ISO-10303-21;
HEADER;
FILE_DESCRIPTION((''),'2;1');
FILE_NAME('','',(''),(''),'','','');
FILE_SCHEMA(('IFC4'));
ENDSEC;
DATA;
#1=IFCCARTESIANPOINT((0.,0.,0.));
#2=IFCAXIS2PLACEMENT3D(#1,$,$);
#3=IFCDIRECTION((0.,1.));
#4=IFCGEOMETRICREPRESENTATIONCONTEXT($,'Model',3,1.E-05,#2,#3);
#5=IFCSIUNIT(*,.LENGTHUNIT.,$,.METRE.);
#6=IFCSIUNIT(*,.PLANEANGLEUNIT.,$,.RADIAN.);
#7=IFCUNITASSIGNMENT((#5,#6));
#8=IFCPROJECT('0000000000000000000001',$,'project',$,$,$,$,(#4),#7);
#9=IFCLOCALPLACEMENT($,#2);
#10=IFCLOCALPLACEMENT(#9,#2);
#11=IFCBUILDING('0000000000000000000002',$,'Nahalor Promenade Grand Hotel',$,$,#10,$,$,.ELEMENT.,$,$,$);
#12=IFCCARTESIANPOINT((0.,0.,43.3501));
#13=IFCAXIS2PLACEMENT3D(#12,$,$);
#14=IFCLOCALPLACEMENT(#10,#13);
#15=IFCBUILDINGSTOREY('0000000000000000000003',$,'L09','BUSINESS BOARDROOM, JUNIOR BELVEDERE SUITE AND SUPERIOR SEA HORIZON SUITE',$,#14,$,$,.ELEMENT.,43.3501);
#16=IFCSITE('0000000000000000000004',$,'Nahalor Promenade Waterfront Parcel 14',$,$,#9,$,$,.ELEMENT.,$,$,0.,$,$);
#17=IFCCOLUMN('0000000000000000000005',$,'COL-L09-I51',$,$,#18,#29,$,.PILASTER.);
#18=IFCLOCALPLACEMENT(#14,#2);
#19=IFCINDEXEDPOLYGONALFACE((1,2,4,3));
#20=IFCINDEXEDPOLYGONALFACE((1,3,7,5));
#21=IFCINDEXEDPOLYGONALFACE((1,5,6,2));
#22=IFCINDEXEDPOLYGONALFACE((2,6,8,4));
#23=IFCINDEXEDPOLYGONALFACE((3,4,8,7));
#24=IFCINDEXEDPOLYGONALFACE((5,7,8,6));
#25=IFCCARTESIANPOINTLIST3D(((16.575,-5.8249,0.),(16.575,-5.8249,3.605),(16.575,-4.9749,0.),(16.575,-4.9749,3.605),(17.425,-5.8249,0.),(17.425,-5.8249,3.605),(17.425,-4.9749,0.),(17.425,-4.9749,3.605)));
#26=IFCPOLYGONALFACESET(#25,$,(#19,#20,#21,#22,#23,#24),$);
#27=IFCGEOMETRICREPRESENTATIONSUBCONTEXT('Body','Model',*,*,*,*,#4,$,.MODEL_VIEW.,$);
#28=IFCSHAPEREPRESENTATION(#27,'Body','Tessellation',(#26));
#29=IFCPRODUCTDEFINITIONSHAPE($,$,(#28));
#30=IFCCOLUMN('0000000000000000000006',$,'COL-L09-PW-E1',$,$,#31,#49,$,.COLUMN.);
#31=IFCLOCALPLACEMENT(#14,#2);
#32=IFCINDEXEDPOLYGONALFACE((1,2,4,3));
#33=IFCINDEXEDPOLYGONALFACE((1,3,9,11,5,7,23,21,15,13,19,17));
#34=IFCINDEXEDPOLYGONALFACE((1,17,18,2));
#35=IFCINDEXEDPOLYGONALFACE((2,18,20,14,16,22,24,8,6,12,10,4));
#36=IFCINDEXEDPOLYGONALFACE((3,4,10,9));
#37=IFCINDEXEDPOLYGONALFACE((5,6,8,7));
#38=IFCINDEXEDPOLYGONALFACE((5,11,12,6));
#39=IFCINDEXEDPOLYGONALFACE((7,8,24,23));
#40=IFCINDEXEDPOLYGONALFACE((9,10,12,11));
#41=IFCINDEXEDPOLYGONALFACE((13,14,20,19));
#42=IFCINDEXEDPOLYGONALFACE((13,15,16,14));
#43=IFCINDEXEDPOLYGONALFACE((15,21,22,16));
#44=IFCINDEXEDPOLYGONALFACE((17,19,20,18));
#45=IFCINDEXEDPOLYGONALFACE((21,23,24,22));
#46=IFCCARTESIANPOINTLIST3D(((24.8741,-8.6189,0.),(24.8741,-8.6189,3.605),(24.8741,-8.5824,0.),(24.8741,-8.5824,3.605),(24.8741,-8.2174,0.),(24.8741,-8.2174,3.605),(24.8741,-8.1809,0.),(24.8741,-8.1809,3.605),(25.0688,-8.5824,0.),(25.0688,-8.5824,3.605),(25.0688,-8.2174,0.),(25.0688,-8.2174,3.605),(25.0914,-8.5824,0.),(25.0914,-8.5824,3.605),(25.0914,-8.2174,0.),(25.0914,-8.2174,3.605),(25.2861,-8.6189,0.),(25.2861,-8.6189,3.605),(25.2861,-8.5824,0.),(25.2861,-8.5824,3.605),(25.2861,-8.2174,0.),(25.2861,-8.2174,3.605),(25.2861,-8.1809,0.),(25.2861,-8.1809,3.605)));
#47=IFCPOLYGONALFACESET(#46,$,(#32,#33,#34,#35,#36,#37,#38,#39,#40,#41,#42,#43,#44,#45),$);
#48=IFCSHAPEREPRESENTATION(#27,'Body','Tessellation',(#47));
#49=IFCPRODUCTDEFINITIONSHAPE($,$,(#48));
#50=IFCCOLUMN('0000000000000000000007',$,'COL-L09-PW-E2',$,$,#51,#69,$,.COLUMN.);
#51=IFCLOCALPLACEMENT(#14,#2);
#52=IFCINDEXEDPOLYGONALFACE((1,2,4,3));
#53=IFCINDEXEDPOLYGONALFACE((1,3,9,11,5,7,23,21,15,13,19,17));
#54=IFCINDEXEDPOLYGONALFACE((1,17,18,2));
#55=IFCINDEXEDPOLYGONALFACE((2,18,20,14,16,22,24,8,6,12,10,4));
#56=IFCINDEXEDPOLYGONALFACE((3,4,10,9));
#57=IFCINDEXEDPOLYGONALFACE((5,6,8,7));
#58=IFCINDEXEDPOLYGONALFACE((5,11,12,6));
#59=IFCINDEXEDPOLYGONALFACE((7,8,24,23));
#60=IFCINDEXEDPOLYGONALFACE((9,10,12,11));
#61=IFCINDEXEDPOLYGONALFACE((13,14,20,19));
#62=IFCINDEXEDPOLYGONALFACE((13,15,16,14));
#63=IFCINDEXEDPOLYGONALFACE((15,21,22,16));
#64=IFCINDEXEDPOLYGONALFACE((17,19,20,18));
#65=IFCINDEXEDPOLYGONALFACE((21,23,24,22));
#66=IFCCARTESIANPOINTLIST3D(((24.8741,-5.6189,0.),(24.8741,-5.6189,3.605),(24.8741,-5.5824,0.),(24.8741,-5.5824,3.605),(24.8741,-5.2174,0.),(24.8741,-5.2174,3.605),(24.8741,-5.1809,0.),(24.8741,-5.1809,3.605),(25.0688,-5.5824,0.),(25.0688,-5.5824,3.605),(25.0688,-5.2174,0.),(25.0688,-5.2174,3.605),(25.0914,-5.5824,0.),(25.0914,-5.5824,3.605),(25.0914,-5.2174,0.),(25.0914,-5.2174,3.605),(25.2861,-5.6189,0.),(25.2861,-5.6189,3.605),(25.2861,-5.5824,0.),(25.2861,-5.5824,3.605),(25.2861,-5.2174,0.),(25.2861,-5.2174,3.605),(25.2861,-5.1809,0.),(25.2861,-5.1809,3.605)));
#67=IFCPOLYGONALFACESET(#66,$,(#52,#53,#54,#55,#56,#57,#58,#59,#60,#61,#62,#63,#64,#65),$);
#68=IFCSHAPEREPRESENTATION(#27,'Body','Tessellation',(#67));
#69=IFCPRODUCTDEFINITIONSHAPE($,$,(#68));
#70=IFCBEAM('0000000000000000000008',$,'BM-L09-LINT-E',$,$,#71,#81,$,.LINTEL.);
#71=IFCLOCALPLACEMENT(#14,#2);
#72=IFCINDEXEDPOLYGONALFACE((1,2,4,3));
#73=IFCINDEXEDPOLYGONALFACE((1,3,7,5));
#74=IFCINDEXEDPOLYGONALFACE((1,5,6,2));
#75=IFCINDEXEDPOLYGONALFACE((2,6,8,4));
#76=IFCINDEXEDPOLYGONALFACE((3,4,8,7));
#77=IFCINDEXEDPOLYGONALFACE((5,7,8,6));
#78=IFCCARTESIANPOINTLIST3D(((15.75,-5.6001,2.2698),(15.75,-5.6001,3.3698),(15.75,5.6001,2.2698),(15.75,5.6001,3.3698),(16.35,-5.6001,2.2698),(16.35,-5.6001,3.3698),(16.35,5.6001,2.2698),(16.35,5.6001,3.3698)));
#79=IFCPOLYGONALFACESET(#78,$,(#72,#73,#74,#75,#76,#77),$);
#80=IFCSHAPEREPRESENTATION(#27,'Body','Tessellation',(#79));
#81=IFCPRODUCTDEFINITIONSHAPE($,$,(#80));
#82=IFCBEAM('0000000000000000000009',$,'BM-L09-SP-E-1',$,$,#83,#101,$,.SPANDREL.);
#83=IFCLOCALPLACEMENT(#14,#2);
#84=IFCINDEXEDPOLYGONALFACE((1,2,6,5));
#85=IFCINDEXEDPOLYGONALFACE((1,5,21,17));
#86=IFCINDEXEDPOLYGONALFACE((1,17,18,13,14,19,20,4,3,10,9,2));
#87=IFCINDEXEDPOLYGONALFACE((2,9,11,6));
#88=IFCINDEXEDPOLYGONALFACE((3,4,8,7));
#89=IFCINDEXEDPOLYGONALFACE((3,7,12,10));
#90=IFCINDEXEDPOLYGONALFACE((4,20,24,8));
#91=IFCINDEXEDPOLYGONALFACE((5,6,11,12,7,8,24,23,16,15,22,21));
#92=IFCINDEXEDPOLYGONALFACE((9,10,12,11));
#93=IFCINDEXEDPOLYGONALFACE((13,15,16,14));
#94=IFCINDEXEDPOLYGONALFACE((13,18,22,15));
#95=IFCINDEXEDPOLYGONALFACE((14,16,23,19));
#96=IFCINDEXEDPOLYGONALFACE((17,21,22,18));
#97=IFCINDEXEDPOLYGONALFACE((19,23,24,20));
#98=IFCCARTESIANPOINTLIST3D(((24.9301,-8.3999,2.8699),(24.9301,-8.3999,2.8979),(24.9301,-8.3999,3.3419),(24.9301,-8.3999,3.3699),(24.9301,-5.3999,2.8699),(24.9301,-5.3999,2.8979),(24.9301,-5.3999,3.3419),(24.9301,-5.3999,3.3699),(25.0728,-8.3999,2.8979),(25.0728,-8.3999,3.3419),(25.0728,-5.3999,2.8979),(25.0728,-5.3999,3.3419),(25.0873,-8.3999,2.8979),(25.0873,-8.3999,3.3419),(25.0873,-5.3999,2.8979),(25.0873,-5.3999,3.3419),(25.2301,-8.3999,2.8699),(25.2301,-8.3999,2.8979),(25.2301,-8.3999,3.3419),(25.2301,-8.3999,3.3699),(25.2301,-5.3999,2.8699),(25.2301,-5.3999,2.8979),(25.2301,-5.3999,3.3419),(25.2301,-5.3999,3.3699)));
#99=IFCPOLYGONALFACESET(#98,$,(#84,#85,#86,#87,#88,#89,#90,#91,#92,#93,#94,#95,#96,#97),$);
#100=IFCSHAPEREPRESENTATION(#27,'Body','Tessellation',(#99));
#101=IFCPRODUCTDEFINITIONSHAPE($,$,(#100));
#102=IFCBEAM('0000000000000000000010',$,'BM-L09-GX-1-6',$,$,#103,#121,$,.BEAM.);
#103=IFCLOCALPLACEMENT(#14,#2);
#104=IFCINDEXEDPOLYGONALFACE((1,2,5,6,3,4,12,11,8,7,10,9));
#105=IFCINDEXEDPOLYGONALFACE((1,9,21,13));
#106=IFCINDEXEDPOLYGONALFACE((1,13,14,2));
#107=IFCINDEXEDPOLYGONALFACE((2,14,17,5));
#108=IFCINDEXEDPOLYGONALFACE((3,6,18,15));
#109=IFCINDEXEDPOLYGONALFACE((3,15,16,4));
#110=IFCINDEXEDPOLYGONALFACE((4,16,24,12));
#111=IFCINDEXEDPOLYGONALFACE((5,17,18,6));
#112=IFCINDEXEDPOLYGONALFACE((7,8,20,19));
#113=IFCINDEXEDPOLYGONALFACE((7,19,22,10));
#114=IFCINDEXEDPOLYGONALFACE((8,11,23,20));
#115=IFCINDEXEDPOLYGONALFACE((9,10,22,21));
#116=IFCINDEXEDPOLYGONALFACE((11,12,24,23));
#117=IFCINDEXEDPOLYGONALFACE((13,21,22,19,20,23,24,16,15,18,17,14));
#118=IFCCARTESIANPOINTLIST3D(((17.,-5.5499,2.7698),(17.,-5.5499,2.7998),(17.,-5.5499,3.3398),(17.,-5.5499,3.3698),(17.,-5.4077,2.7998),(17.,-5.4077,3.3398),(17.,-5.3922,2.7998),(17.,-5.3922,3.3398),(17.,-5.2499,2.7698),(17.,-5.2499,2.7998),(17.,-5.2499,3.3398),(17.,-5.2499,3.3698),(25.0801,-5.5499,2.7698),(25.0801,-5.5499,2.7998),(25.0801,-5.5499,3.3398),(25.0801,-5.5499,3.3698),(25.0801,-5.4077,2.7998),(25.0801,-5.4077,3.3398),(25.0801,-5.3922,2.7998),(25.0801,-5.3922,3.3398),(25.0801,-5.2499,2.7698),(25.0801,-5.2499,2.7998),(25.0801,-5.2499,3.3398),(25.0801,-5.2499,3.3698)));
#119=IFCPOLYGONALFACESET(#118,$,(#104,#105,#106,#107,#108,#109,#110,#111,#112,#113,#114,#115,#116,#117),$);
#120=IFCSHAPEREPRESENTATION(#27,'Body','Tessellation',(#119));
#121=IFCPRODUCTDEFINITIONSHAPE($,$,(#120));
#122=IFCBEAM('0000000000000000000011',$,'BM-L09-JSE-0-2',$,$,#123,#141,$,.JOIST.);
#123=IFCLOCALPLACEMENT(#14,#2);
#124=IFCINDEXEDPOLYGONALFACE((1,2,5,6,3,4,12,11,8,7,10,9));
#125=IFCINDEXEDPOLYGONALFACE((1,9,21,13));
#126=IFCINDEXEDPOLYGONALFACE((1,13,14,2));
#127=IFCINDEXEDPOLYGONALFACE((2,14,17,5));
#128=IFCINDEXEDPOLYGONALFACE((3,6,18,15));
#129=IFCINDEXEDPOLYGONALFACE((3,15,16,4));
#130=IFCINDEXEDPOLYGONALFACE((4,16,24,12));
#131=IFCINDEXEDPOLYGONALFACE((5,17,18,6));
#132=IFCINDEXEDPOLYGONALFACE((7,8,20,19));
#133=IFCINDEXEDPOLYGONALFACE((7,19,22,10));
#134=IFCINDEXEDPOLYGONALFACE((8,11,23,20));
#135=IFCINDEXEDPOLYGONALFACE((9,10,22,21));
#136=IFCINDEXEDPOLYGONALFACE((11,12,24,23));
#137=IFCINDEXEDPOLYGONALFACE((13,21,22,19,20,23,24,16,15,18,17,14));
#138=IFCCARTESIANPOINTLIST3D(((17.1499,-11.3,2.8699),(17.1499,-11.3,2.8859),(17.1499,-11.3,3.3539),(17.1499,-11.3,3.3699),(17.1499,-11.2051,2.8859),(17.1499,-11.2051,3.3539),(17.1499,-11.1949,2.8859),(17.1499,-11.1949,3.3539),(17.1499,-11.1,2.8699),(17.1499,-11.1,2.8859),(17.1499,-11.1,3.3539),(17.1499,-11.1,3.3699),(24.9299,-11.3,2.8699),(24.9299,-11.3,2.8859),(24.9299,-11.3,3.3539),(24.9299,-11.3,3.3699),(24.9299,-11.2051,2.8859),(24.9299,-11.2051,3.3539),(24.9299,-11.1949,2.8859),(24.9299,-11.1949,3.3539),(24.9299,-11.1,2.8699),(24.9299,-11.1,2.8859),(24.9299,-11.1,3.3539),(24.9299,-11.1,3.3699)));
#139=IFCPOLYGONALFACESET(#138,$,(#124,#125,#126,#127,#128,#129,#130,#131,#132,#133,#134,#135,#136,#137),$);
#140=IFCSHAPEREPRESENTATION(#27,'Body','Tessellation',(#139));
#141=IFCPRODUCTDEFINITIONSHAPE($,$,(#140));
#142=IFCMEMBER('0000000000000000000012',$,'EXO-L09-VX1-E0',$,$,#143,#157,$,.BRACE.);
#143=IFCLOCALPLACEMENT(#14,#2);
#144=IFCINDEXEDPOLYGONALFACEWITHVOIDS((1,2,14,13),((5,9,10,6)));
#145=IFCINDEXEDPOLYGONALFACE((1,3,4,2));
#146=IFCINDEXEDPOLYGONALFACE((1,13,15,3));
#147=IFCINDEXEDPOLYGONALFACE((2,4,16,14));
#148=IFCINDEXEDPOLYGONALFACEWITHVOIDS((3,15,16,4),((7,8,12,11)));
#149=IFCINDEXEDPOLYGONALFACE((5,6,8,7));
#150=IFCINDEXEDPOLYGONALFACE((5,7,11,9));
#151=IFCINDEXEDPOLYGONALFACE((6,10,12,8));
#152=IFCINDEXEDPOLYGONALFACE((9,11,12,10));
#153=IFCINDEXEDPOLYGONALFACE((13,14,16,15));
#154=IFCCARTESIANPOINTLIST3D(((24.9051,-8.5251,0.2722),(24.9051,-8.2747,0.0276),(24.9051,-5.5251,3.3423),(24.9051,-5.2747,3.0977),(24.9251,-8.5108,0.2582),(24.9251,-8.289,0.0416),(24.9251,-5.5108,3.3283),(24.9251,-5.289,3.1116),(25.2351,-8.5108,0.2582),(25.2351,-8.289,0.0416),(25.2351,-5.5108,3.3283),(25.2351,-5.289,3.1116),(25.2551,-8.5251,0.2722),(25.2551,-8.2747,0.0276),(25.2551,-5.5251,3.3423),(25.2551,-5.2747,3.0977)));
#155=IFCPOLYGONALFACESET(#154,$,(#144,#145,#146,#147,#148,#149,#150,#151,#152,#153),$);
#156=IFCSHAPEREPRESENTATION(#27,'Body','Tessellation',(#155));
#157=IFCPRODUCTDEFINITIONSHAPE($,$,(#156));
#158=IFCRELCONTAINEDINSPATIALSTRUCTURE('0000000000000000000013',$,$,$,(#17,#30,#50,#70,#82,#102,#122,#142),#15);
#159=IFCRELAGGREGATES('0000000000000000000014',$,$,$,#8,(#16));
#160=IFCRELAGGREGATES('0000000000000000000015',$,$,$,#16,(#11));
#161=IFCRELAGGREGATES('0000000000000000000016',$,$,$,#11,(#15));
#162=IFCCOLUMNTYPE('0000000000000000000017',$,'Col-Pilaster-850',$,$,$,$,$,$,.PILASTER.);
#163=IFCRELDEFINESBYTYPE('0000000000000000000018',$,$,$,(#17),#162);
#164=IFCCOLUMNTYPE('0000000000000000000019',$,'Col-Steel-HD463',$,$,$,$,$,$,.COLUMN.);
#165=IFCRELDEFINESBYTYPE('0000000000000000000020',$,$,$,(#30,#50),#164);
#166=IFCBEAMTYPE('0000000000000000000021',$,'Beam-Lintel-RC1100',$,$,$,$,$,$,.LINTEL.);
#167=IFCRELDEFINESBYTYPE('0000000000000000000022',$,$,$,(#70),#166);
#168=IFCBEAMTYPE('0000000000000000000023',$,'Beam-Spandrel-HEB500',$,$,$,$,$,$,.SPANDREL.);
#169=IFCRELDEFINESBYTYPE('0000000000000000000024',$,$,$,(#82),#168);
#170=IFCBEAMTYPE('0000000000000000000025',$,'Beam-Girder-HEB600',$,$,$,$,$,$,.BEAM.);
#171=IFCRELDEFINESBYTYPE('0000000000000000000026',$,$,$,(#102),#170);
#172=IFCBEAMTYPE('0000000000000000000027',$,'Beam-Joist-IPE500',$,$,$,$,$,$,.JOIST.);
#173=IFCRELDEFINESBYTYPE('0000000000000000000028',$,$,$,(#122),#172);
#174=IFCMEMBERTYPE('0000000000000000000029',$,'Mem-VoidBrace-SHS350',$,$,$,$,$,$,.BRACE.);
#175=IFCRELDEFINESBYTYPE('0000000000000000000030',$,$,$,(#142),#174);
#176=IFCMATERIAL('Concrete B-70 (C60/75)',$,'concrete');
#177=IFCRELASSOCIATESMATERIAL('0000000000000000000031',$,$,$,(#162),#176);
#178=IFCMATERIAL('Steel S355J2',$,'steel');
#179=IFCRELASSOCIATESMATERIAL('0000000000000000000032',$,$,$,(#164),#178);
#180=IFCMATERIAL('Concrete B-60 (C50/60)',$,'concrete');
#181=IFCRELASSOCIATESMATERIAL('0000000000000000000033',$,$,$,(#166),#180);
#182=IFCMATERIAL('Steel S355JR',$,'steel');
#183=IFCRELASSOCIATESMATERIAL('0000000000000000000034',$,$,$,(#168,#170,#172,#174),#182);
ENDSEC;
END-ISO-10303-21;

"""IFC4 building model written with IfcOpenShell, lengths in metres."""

from ifc_helpers import new_model, si_unit, direction, frame, origin, origin_2d, place, context, subcontext, project, spatial, rectangle, hollow_rectangle, i_section, extrude, source, transform, mapped, material, material_profile, profile_set, type_object, element, save


model = new_model("IFC4")

# Units and contexts
model_context = context("Model", 3, precision=1e-05, world=origin(), true_north=direction((0.0, 1.0)))
body_context = subcontext(model_context, "Body", "Model", "MODEL_VIEW")
ifc_project = project(units=[si_unit("LENGTHUNIT", "METRE"), si_unit("PLANEANGLEUNIT", "RADIAN")], contexts=[model_context])

# Site, building, storey
site_placement = place(None, origin())
site = spatial("IfcSite", under=ifc_project, at=site_placement, Name="Nahalor Promenade Waterfront Parcel 14", CompositionType="ELEMENT", RefElevation=0.0)
building_placement = place(site_placement, origin())
building = spatial("IfcBuilding", under=site, at=building_placement, Name="Nahalor Promenade Grand Hotel", CompositionType="ELEMENT")
storey_placement = place(building_placement, frame((0.0, 0.0, 43.3501)))
storey = spatial("IfcBuildingStorey", under=building, at=storey_placement, Name="L09", Description="BUSINESS BOARDROOM, JUNIOR BELVEDERE SUITE AND SUPERIOR SEA HORIZON SUITE", CompositionType="ELEMENT", Elevation=43.3501)

# Columns
ifc_material_1 = material(Name="Concrete B-70 (C60/75)", Category="concrete")
ifc_material_profile_1 = material_profile(ifc_material_1, rectangle(XDim=0.85, YDim=0.85, at=origin_2d()), Name="RC 850x850")
ifc_profile_set_1 = profile_set([ifc_material_profile_1], Name="Concrete B-70 (C60/75)")
column_type_1 = type_object("IfcColumnType", Name="Col-Pilaster-850", PredefinedType="PILASTER", material=ifc_profile_set_1)
shared_shape_1 = source(origin(), body_context, "Body", "SweptSolid", [
    extrude(rectangle(XDim=0.85, YDim=0.85, at=origin_2d()), origin(), (0.0, 0.0, 1.0), 3.605),
])
column_placement = place(storey_placement, frame((17.0, -5.3999, 0.0), z_axis=(0.0, 0.0, 1.0), x_axis=(1.0, 0.0, 0.0)))
element("IfcColumn", 1, at=column_placement, inside=storey, type_object=column_type_1, Name="COL-L09-I51", PredefinedType="PILASTER", context=body_context, shape_type="MappedRepresentation", body=[
    mapped(shared_shape_1, transform((0.0, 0.0, 0.0), scale=1.0)),
])
ifc_material_2 = material(Name="Steel S355J2", Category="steel")
ifc_material_profile_2 = material_profile(ifc_material_2, i_section(OverallWidth=0.412, OverallDepth=0.438, WebThickness=0.0226, FlangeThickness=0.0365, at=origin_2d()), Name="HD 400x463")
ifc_profile_set_2 = profile_set([ifc_material_profile_2], Name="Steel S355J2")
column_type_2 = type_object("IfcColumnType", Name="Col-Steel-HD463", PredefinedType="COLUMN", material=ifc_profile_set_2)
shared_shape_2 = source(origin(), body_context, "Body", "SweptSolid", [
    extrude(i_section(OverallWidth=0.412, OverallDepth=0.438, WebThickness=0.0226, FlangeThickness=0.0365, at=origin_2d()), origin(), (0.0, 0.0, 1.0), 3.605),
])
for number, where, z_axis, x_axis, name in (
    (2, (25.0801, -8.3999, 0.0), (0.0, 0.0, 1.0), (1.0, 0.0, 0.0), "COL-L09-PW-E1"),
    (3, (25.0801, -5.3999, 0.0), (0.0, 0.0, 1.0), (1.0, 0.0, 0.0), "COL-L09-PW-E2"),
):
    element("IfcColumn", number, at=place(storey_placement, frame(where, z_axis=z_axis, x_axis=x_axis)), inside=storey, type_object=column_type_2, Name=name, PredefinedType="COLUMN", context=body_context, shape_type="MappedRepresentation", body=[
        mapped(shared_shape_2, transform((0.0, 0.0, 0.0), scale=1.0)),
    ])

# Beams
ifc_material_3 = material(Name="Concrete B-60 (C50/60)", Category="concrete")
ifc_material_profile_3 = material_profile(ifc_material_3, rectangle(XDim=0.6, YDim=1.1, at=origin_2d()), Name="RC 600x1100")
ifc_profile_set_3 = profile_set([ifc_material_profile_3], Name="Concrete B-60 (C50/60)")
beam_type_1 = type_object("IfcBeamType", Name="Beam-Lintel-RC1100", PredefinedType="LINTEL", material=ifc_profile_set_3)
shared_shape_3 = source(origin(), body_context, "Body", "SweptSolid", [
    extrude(rectangle(XDim=0.6, YDim=1.1, at=origin_2d()), origin(), (0.0, 0.0, 1.0), 11.2002),
])
beam_1_placement = place(storey_placement, frame((16.05, -5.6001, 2.8198), z_axis=(0.0, 1.0, 0.0), x_axis=(-1.0, 0.0, 0.0)))
element("IfcBeam", 4, at=beam_1_placement, inside=storey, type_object=beam_type_1, Name="BM-L09-LINT-E", PredefinedType="LINTEL", context=body_context, shape_type="MappedRepresentation", body=[
    mapped(shared_shape_3, transform((0.0, 0.0, 0.0), scale=1.0)),
])
ifc_material_4 = material(Name="Steel S355JR", Category="steel")
ifc_material_profile_4 = material_profile(ifc_material_4, i_section(OverallWidth=0.3, OverallDepth=0.5, WebThickness=0.0145, FlangeThickness=0.028, at=origin_2d()), Name="HEB 500")
ifc_profile_set_4 = profile_set([ifc_material_profile_4], Name="Steel S355JR")
beam_type_2 = type_object("IfcBeamType", Name="Beam-Spandrel-HEB500", PredefinedType="SPANDREL", material=ifc_profile_set_4)
shared_shape_4 = source(origin(), body_context, "Body", "SweptSolid", [
    extrude(i_section(OverallWidth=0.3, OverallDepth=0.5, WebThickness=0.0145, FlangeThickness=0.028, at=origin_2d()), origin(), (0.0, 0.0, 1.0), 3.0),
])
beam_2_placement = place(storey_placement, frame((25.0801, -8.3999, 3.1199), z_axis=(0.0, 1.0, 0.0), x_axis=(-1.0, 0.0, 0.0)))
element("IfcBeam", 5, at=beam_2_placement, inside=storey, type_object=beam_type_2, Name="BM-L09-SP-E-1", PredefinedType="SPANDREL", context=body_context, shape_type="MappedRepresentation", body=[
    mapped(shared_shape_4, transform((0.0, 0.0, 0.0), scale=1.0)),
])
ifc_material_profile_5 = material_profile(ifc_material_4, i_section(OverallWidth=0.3, OverallDepth=0.6, WebThickness=0.0155, FlangeThickness=0.03, at=origin_2d()), Name="HEB 600")
ifc_profile_set_5 = profile_set([ifc_material_profile_5], Name="Steel S355JR")
beam_type_3 = type_object("IfcBeamType", Name="Beam-Girder-HEB600", PredefinedType="BEAM", material=ifc_profile_set_5)
shared_shape_5 = source(origin(), body_context, "Body", "SweptSolid", [
    extrude(i_section(OverallWidth=0.3, OverallDepth=0.6, WebThickness=0.0155, FlangeThickness=0.03, at=origin_2d()), origin(), (0.0, 0.0, 1.0), 8.0801),
])
beam_3_placement = place(storey_placement, frame((17.0, -5.3999, 3.0698), z_axis=(1.0, 0.0, 0.0), x_axis=(0.0, 1.0, 0.0)))
element("IfcBeam", 6, at=beam_3_placement, inside=storey, type_object=beam_type_3, Name="BM-L09-GX-1-6", PredefinedType="BEAM", context=body_context, shape_type="MappedRepresentation", body=[
    mapped(shared_shape_5, transform((0.0, 0.0, 0.0), scale=1.0)),
])
ifc_material_profile_6 = material_profile(ifc_material_4, i_section(OverallWidth=0.2, OverallDepth=0.5, WebThickness=0.0102, FlangeThickness=0.016, at=origin_2d()), Name="IPE 500")
ifc_profile_set_6 = profile_set([ifc_material_profile_6], Name="Steel S355JR")
beam_type_4 = type_object("IfcBeamType", Name="Beam-Joist-IPE500", PredefinedType="JOIST", material=ifc_profile_set_6)
shared_shape_6 = source(origin(), body_context, "Body", "SweptSolid", [
    extrude(i_section(OverallWidth=0.2, OverallDepth=0.5, WebThickness=0.0102, FlangeThickness=0.016, at=origin_2d()), origin(), (0.0, 0.0, 1.0), 7.78),
])
beam_4_placement = place(storey_placement, frame((17.1499, -11.2, 3.1199), z_axis=(1.0, 0.0, 0.0), x_axis=(0.0, 1.0, 0.0)))
element("IfcBeam", 7, at=beam_4_placement, inside=storey, type_object=beam_type_4, Name="BM-L09-JSE-0-2", PredefinedType="JOIST", context=body_context, shape_type="MappedRepresentation", body=[
    mapped(shared_shape_6, transform((0.0, 0.0, 0.0), scale=1.0)),
])

# Member
ifc_material_profile_7 = material_profile(ifc_material_4, hollow_rectangle(XDim=0.35, YDim=0.35, WallThickness=0.02, at=origin_2d()), Name="SHS 350x350x20")
ifc_profile_set_7 = profile_set([ifc_material_profile_7], Name="Steel S355JR")
member_type_1 = type_object("IfcMemberType", Name="Mem-VoidBrace-SHS350", PredefinedType="BRACE", material=ifc_profile_set_7)
shared_shape_7 = source(origin(), body_context, "Body", "SweptSolid", [
    extrude(hollow_rectangle(XDim=0.35, YDim=0.35, WallThickness=0.02, at=origin_2d()), origin(), (0.0, 0.0, 1.0), 4.2925),
])
member_1_placement = place(storey_placement, frame((25.0801, -8.3999, 0.1499), z_axis=(0.0, 0.698898, 0.715221), x_axis=(-1.0, 0.0, 0.0)))
element("IfcMember", 8, at=member_1_placement, inside=storey, type_object=member_type_1, Name="EXO-L09-VX1-E0", PredefinedType="BRACE", context=body_context, shape_type="MappedRepresentation", body=[
    mapped(shared_shape_7, transform((0.0, 0.0, 0.0), scale=1.0)),
])

save(model, "model.ifc")
